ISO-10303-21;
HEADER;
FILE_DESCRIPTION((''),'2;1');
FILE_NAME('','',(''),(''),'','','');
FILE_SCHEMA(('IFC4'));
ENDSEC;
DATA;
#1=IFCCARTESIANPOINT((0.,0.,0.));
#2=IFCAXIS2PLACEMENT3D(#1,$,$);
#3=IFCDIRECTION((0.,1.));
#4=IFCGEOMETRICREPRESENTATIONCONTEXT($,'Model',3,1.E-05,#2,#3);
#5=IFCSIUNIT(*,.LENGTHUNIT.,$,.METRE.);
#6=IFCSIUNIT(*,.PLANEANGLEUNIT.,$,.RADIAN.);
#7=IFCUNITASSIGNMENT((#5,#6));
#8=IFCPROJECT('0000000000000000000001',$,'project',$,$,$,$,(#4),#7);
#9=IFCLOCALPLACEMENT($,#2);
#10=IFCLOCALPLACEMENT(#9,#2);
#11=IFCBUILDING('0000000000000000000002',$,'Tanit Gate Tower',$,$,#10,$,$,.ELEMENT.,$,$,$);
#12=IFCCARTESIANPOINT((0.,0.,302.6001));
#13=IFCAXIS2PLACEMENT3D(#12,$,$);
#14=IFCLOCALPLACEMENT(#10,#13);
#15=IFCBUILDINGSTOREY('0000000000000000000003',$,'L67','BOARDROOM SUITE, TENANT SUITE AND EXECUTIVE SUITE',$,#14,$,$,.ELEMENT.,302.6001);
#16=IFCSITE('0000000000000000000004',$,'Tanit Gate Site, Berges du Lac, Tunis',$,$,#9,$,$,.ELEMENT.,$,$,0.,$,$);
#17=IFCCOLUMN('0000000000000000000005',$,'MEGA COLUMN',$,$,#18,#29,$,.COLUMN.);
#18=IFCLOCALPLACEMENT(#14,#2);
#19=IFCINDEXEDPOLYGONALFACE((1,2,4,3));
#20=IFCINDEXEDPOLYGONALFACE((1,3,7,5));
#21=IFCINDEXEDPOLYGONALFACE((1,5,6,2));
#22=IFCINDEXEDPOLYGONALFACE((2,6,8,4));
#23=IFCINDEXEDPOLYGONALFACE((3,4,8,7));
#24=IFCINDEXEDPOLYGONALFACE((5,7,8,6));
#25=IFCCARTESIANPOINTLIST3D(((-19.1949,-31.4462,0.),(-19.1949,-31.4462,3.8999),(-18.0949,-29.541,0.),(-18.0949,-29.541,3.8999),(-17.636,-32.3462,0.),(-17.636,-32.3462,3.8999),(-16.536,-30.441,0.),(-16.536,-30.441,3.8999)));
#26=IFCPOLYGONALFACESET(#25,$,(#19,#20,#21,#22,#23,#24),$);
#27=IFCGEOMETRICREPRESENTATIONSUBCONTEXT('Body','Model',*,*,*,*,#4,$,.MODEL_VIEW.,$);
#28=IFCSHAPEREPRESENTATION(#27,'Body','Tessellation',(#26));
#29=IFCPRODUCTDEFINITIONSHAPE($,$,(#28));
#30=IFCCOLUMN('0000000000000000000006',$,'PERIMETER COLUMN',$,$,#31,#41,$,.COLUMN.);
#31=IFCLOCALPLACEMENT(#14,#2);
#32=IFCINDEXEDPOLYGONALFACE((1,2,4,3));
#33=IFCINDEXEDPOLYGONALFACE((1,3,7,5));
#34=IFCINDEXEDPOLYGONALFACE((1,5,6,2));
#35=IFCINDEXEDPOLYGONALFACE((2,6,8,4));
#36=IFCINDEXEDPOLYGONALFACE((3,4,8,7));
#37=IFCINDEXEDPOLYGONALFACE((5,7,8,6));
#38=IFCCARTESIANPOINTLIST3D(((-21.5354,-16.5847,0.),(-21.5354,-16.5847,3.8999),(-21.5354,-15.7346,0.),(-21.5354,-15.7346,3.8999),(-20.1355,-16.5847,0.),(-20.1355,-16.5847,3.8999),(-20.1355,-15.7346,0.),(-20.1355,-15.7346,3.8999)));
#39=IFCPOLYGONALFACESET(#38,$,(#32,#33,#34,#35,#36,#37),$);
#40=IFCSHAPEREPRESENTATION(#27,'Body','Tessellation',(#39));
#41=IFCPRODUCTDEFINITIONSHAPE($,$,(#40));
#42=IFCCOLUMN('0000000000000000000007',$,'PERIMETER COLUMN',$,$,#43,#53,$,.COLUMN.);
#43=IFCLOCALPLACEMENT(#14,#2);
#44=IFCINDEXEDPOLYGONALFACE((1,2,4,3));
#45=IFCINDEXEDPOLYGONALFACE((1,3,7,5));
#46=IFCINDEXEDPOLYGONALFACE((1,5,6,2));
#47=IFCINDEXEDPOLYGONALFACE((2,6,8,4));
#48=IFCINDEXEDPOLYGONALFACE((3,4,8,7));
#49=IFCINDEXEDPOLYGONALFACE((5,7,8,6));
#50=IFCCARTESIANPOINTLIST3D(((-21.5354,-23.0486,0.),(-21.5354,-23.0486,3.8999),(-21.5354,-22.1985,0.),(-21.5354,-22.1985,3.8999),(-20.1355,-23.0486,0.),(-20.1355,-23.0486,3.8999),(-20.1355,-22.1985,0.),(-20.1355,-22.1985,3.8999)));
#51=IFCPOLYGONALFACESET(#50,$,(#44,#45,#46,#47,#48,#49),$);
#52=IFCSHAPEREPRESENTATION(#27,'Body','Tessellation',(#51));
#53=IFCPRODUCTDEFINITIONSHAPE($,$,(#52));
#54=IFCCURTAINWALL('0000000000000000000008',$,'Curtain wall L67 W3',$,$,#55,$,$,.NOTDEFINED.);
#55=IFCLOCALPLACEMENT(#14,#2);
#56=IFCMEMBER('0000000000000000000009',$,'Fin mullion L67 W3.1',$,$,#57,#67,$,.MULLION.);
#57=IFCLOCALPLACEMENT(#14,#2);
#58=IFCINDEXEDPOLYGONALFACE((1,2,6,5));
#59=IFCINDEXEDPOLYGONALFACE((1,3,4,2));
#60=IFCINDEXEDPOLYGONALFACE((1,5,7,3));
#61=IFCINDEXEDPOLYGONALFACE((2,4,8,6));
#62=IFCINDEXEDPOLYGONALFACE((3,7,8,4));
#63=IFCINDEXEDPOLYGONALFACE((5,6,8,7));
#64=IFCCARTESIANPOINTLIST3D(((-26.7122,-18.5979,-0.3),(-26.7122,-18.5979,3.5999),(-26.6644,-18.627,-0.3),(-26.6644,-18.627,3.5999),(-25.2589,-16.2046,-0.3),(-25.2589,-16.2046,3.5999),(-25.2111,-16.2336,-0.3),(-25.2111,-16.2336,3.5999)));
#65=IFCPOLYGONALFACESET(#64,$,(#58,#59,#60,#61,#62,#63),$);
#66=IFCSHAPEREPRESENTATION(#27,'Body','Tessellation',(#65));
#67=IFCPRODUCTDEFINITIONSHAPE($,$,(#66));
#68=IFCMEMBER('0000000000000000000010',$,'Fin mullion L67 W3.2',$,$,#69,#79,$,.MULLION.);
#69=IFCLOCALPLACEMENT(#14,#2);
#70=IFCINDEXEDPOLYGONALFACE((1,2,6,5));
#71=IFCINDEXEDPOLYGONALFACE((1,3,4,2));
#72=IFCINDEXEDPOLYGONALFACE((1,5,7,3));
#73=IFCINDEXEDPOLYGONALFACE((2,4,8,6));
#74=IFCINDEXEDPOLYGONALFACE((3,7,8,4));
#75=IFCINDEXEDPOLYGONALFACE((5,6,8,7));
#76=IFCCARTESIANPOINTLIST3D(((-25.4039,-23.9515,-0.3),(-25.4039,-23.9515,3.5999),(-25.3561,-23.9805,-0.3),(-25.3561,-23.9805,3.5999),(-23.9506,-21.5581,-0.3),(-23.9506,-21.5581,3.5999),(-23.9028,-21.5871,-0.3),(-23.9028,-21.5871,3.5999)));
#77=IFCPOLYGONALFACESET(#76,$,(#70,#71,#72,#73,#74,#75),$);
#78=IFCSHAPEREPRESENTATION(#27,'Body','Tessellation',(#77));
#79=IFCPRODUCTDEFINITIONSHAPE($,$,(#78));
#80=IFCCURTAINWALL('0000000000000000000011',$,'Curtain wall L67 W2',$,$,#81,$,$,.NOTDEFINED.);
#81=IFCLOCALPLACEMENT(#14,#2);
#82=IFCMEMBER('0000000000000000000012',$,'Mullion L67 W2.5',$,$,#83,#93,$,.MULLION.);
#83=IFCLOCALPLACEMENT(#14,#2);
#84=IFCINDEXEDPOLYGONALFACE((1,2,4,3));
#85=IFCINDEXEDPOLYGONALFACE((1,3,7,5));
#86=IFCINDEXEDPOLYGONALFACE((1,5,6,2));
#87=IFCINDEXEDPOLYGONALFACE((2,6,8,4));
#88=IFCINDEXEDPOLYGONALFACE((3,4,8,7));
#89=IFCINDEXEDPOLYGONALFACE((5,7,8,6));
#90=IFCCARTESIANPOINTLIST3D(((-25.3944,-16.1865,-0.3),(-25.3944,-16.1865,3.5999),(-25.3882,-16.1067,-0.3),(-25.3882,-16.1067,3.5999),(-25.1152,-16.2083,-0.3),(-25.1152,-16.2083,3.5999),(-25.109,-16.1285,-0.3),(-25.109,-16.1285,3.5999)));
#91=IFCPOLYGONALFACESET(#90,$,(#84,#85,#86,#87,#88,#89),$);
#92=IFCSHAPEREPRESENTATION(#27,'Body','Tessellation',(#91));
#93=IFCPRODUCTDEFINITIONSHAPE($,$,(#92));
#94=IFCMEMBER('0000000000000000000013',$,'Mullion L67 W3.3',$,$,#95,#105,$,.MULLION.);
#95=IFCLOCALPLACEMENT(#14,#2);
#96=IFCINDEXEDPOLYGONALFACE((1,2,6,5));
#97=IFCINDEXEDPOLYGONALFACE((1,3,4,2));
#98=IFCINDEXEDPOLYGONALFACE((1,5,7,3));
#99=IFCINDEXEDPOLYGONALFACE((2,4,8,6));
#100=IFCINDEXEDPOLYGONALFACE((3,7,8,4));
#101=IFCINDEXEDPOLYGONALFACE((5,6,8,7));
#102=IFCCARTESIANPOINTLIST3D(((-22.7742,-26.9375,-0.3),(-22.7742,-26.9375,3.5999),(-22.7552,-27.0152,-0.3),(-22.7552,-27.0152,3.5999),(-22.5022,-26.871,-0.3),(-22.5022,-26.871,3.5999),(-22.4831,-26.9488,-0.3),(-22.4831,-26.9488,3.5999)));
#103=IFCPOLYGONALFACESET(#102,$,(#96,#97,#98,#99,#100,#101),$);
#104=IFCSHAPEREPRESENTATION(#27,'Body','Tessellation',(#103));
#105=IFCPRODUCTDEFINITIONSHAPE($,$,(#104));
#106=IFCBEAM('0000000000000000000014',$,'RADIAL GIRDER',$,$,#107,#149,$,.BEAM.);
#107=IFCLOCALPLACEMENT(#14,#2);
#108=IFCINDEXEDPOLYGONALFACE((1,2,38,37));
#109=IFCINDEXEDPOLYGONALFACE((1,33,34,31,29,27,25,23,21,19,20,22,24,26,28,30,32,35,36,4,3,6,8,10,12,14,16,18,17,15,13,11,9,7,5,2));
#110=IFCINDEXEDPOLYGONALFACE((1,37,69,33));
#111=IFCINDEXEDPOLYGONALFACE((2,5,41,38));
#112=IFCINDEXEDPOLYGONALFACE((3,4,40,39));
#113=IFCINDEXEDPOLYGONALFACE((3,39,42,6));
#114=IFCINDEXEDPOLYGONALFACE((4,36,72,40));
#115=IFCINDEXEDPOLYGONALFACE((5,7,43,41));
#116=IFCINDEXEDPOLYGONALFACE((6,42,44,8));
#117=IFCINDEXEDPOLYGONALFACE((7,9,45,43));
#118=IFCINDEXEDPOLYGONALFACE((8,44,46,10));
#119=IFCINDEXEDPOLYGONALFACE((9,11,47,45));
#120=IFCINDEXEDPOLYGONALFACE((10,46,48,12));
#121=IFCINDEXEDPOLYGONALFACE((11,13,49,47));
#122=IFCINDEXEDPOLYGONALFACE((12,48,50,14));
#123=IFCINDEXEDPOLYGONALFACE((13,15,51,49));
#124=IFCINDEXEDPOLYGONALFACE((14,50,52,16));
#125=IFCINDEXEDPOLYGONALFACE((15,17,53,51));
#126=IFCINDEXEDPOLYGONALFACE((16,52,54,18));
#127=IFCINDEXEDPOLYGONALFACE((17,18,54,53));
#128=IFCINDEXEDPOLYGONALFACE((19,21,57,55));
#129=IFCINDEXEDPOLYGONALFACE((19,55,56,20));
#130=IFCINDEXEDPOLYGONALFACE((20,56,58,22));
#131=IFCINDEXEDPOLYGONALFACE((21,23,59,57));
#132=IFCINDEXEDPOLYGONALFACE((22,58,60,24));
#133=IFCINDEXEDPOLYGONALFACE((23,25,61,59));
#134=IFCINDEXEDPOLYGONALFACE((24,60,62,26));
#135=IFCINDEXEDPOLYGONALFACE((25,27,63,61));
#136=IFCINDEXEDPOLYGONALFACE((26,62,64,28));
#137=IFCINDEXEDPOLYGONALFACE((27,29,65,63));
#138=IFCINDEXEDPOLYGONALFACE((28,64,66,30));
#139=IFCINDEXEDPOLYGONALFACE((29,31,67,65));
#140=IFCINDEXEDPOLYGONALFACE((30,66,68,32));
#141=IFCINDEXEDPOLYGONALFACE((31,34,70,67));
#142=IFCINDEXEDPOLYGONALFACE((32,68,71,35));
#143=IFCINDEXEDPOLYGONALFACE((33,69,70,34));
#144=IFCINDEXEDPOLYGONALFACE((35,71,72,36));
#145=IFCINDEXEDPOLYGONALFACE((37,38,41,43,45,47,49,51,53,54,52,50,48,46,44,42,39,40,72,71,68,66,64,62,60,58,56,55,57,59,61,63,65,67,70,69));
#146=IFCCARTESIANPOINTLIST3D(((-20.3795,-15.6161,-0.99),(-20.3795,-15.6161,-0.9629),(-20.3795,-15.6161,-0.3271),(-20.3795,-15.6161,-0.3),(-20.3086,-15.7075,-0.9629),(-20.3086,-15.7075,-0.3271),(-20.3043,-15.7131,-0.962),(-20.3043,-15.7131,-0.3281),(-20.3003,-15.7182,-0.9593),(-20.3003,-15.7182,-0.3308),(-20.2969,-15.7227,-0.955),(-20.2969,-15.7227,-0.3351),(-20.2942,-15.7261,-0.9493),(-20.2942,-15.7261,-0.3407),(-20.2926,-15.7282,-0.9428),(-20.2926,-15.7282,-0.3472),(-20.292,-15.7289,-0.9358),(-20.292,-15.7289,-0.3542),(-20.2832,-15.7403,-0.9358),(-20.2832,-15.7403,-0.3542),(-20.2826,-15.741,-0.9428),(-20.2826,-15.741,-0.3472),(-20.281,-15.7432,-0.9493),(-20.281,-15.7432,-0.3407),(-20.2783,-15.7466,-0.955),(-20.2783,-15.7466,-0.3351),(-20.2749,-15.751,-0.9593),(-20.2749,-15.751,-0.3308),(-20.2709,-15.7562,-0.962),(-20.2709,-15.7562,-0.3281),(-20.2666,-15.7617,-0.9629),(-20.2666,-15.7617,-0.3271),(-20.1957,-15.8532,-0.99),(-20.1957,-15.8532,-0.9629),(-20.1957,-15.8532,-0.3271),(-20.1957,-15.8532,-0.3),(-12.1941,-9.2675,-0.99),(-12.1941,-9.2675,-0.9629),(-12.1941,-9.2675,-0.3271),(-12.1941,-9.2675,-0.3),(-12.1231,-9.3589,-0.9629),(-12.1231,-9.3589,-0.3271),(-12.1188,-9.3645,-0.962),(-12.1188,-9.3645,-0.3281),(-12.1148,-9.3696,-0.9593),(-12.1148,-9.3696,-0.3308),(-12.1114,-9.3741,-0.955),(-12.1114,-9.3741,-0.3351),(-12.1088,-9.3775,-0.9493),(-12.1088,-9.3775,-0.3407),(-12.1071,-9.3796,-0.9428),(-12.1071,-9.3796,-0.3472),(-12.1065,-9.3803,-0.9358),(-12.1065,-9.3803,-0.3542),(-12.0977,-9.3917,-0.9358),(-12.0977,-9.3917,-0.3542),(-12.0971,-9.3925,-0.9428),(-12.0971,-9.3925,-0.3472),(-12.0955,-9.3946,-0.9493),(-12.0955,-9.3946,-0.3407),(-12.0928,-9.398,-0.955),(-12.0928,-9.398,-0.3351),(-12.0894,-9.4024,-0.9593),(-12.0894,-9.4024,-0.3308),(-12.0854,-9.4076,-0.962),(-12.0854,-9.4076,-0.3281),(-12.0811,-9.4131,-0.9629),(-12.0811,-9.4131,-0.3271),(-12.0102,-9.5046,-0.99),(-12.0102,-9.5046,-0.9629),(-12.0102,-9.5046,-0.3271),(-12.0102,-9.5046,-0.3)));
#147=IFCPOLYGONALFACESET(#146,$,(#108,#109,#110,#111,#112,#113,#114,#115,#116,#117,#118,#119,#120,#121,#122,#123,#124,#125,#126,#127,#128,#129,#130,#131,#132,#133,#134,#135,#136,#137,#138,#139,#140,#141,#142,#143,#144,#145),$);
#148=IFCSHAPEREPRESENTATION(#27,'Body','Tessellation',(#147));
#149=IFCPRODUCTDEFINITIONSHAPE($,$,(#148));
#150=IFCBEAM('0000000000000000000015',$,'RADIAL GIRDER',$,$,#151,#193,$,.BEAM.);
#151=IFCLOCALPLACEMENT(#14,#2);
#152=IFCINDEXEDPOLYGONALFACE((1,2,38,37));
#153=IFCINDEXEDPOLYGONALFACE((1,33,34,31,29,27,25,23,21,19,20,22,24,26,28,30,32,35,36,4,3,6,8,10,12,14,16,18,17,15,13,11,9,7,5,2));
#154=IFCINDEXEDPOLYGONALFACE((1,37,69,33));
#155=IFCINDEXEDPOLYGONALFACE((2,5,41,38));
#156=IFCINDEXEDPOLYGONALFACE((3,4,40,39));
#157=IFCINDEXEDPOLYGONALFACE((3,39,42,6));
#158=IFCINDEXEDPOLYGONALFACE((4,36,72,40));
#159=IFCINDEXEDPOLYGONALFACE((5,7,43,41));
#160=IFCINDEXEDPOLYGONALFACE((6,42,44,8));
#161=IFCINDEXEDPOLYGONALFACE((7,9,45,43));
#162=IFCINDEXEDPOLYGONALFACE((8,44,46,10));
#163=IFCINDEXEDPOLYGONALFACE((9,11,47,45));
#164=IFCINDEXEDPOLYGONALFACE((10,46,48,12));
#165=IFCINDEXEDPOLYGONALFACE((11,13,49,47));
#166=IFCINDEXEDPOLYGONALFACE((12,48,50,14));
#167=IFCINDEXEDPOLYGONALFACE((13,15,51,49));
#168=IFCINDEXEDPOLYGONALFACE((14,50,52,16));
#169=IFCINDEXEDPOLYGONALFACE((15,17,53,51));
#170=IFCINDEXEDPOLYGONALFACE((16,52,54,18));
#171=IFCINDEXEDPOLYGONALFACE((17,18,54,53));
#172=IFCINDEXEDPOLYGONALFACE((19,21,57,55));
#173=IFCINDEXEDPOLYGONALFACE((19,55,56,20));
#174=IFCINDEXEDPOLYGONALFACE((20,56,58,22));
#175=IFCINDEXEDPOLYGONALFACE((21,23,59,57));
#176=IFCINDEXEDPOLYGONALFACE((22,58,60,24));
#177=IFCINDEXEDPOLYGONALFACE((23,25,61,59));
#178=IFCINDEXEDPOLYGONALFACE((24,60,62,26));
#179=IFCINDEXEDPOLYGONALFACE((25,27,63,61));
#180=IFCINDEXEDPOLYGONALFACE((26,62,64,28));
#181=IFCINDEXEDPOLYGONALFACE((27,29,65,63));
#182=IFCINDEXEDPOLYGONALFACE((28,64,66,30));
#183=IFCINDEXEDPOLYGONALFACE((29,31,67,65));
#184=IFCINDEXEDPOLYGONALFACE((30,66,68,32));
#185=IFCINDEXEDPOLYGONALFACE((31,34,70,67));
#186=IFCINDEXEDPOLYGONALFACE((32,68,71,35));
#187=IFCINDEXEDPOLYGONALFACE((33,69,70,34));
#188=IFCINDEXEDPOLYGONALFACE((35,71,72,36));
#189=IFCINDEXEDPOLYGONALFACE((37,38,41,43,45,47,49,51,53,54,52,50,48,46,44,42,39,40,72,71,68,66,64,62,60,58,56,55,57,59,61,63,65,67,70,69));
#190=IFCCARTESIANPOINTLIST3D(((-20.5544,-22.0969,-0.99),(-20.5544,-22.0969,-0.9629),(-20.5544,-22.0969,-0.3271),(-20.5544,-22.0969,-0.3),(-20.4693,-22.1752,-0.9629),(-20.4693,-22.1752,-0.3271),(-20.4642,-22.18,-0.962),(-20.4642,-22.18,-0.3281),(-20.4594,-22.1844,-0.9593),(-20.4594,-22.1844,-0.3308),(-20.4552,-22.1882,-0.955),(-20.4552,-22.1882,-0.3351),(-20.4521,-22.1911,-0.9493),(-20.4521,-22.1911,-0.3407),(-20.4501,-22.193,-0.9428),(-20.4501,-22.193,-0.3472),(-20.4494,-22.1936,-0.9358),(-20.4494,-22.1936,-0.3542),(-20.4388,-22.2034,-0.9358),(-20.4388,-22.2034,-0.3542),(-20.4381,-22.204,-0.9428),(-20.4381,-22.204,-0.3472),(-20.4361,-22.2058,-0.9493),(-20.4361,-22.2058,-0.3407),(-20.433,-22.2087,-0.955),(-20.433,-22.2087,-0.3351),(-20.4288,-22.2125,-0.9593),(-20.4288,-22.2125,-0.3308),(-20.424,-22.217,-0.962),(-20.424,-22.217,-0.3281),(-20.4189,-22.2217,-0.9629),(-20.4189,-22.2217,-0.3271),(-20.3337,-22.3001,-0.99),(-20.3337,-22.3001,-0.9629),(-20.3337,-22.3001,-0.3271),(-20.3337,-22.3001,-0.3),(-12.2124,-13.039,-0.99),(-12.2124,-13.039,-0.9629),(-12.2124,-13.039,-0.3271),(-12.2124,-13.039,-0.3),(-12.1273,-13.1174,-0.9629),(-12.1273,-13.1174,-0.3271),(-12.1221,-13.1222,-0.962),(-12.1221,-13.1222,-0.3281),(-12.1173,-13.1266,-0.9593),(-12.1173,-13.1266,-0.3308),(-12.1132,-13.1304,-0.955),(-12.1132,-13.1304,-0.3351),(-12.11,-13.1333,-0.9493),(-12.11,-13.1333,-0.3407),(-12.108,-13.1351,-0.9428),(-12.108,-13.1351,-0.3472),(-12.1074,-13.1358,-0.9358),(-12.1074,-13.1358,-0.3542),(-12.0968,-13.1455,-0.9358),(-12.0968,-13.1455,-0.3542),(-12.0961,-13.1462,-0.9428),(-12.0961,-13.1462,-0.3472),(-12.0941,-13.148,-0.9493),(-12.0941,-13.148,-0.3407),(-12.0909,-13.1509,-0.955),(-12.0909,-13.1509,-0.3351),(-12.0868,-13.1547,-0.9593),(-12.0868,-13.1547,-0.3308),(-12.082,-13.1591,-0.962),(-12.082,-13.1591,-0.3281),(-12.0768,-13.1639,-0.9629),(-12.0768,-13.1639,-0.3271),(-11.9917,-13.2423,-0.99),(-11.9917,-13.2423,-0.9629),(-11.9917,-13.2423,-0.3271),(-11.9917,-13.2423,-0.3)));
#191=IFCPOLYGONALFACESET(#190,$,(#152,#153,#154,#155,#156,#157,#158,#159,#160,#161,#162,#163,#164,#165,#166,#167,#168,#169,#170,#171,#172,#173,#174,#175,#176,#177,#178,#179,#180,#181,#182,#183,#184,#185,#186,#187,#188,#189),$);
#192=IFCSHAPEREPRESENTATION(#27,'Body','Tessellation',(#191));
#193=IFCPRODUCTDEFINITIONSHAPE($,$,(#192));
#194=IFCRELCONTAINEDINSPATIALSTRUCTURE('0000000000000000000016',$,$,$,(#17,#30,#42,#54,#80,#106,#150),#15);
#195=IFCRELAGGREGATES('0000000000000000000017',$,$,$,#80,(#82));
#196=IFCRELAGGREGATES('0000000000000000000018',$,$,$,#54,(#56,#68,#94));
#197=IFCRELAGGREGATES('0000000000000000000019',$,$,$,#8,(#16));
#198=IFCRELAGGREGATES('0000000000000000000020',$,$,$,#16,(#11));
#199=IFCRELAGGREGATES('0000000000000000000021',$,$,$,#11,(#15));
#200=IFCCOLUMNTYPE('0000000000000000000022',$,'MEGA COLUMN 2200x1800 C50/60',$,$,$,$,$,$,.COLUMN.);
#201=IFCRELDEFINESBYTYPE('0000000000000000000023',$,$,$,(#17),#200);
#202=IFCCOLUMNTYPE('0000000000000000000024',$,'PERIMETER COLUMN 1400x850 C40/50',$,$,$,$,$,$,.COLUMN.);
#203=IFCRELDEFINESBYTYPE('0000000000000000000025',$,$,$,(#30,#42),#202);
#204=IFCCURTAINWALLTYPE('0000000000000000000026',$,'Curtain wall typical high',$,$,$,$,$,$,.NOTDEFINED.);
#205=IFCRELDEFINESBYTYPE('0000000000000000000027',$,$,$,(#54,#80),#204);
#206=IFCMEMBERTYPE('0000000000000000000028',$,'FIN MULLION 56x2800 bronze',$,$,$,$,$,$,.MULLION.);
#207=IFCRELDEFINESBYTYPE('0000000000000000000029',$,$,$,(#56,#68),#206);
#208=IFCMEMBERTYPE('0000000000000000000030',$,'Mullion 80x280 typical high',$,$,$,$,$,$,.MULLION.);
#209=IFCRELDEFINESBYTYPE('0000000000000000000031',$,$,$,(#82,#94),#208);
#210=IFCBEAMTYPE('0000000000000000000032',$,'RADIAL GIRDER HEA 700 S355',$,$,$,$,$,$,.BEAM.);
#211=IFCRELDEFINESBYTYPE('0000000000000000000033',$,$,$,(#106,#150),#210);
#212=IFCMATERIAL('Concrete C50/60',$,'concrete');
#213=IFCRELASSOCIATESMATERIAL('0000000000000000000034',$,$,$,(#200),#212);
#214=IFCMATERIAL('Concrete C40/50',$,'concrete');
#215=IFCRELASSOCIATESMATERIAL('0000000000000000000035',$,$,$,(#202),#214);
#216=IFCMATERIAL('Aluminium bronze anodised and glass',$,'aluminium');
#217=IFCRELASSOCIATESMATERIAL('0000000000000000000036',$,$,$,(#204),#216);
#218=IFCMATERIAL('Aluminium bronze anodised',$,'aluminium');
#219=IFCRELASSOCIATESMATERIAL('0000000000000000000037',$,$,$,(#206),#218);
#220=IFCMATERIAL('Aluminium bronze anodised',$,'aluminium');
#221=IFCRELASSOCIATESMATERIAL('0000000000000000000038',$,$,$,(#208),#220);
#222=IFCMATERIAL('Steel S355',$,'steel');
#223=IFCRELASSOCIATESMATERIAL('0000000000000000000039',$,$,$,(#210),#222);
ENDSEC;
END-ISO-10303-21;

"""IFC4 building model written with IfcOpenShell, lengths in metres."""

from ifc_helpers import new_model, si_unit, direction, frame, origin, origin_2d, place, context, subcontext, project, spatial, rectangle, i_section, extrude, material, material_profile, profile_set, type_object, element, aggregate, save


model = new_model("IFC4")

# Units and contexts
model_context = context("Model", 3, precision=1e-05, world=origin(), true_north=direction((0.0, 1.0)))
body_context = subcontext(model_context, "Body", "Model", "MODEL_VIEW")
ifc_project = project(units=[si_unit("LENGTHUNIT", "METRE"), si_unit("PLANEANGLEUNIT", "RADIAN")], contexts=[model_context])

# Site, building, storey
site_placement = place(None, origin())
site = spatial("IfcSite", under=ifc_project, at=site_placement, Name="Tanit Gate Site, Berges du Lac, Tunis", CompositionType="ELEMENT", RefElevation=0.0)
building_placement = place(site_placement, origin())
building = spatial("IfcBuilding", under=site, at=building_placement, Name="Tanit Gate Tower", CompositionType="ELEMENT")
storey_placement = place(building_placement, frame((0.0, 0.0, 302.6001)))
storey = spatial("IfcBuildingStorey", under=building, at=storey_placement, Name="L67", Description="BOARDROOM SUITE, TENANT SUITE AND EXECUTIVE SUITE", CompositionType="ELEMENT", Elevation=302.6001)

# Columns
ifc_material_1 = material(Name="Concrete C50/60", Category="concrete")
ifc_material_profile_1 = material_profile(ifc_material_1, rectangle(XDim=2.2, YDim=1.8, at=origin_2d()), Name="RC 2200x1800")
ifc_profile_set_1 = profile_set([ifc_material_profile_1], Name="Concrete C50/60")
column_type_1 = type_object("IfcColumnType", Name="MEGA COLUMN 2200x1800 C50/60", PredefinedType="COLUMN", material=ifc_profile_set_1)
column_placement = place(storey_placement, frame((-17.8655, -30.9436, 0.0), z_axis=(0.0, 0.0, 1.0), x_axis=(-0.5, -0.866025, 0.0)))
element("IfcColumn", 1, at=column_placement, inside=storey, type_object=column_type_1, Name="MEGA COLUMN", PredefinedType="COLUMN", context=body_context, shape_type="SweptSolid", body=[
    extrude(rectangle(XDim=2.2, YDim=1.8, at=origin_2d()), origin(), (0.0, 0.0, 1.0), 3.8999),
])
ifc_material_2 = material(Name="Concrete C40/50", Category="concrete")
ifc_material_profile_2 = material_profile(ifc_material_2, rectangle(XDim=1.3999, YDim=0.8501, at=origin_2d()), Name="RC 1400x850")
ifc_profile_set_2 = profile_set([ifc_material_profile_2], Name="Concrete C40/50")
column_type_2 = type_object("IfcColumnType", Name="PERIMETER COLUMN 1400x850 C40/50", PredefinedType="COLUMN", material=ifc_profile_set_2)
for number, where, z_axis, x_axis, name in (
    (2, (-20.8354, -16.1597, 0.0), (0.0, 0.0, 1.0), (-1.0, 0.0, 0.0), "PERIMETER COLUMN"),
    (3, (-20.8354, -22.6235, 0.0), (0.0, 0.0, 1.0), (-1.0, 0.0, 0.0), "PERIMETER COLUMN"),
):
    element("IfcColumn", number, at=place(storey_placement, frame(where, z_axis=z_axis, x_axis=x_axis)), inside=storey, type_object=column_type_2, Name=name, PredefinedType="COLUMN", context=body_context, shape_type="SweptSolid", body=[
        extrude(rectangle(XDim=1.3999, YDim=0.8501, at=origin_2d()), origin(), (0.0, 0.0, 1.0), 3.8999),
    ])

# Curtain wall, members
ifc_material_3 = material(Name="Aluminium bronze anodised and glass", Category="aluminium")
curtain_wall_type = type_object("IfcCurtainWallType", Name="Curtain wall typical high", PredefinedType="NOTDEFINED", material=ifc_material_3)
curtain_wall_1_placement = place(storey_placement, origin())
curtain_wall_1 = element("IfcCurtainWall", 4, at=curtain_wall_1_placement, inside=storey, type_object=curtain_wall_type, Name="Curtain wall L67 W3", PredefinedType="NOTDEFINED")
ifc_material_4 = material(Name="Aluminium bronze anodised", Category="aluminium")
ifc_material_profile_3 = material_profile(ifc_material_4, rectangle(XDim=2.8, YDim=0.0559, at=origin_2d()), Name="56x2800 bronze fin mullion")
ifc_profile_set_3 = profile_set([ifc_material_profile_3], Name="Aluminium bronze anodised")
member_type_1 = type_object("IfcMemberType", Name="FIN MULLION 56x2800 bronze", PredefinedType="MULLION", material=ifc_profile_set_3)
member_1_placement = place(storey_placement, frame((-25.9617, -17.4158, -0.3), z_axis=(0.0, 0.0, 1.0), x_axis=(0.519036, 0.854752, 0.0)))
member_1 = element("IfcMember", 5, at=member_1_placement, type_object=member_type_1, Name="Fin mullion L67 W3.1", PredefinedType="MULLION", context=body_context, shape_type="SweptSolid", body=[
    extrude(rectangle(XDim=2.8, YDim=0.0559, at=origin_2d()), origin(), (0.0, 0.0, 1.0), 3.8999),
])
member_2_placement = place(storey_placement, frame((-24.6533, -22.7693, -0.3), z_axis=(0.0, 0.0, 1.0), x_axis=(0.519036, 0.854752, 0.0)))
member_2 = element("IfcMember", 6, at=member_2_placement, type_object=member_type_1, Name="Fin mullion L67 W3.2", PredefinedType="MULLION", context=body_context, shape_type="SweptSolid", body=[
    extrude(rectangle(XDim=2.8, YDim=0.0559, at=origin_2d()), origin(), (0.0, 0.0, 1.0), 3.8999),
])

# Curtain wall, member
curtain_wall_2_placement = place(storey_placement, origin())
curtain_wall_2 = element("IfcCurtainWall", 7, at=curtain_wall_2_placement, inside=storey, type_object=curtain_wall_type, Name="Curtain wall L67 W2", PredefinedType="NOTDEFINED")
ifc_material_5 = material(Name="Aluminium bronze anodised", Category="aluminium")
ifc_material_profile_4 = material_profile(ifc_material_5, rectangle(XDim=0.28, YDim=0.0801, at=origin_2d()), Name="80x280 bronze mullion")
ifc_profile_set_4 = profile_set([ifc_material_profile_4], Name="Aluminium bronze anodised")
member_type_2 = type_object("IfcMemberType", Name="Mullion 80x280 typical high", PredefinedType="MULLION", material=ifc_profile_set_4)
member_3_placement = place(storey_placement, frame((-25.2517, -16.1575, -0.3), z_axis=(0.0, 0.0, 1.0), x_axis=(0.996966, -0.077839, 0.0)))
member_3 = element("IfcMember", 8, at=member_3_placement, type_object=member_type_2, Name="Mullion L67 W2.5", PredefinedType="MULLION", context=body_context, shape_type="SweptSolid", body=[
    extrude(rectangle(XDim=0.28, YDim=0.0801, at=origin_2d()), origin(), (0.0, 0.0, 1.0), 3.8999),
])
aggregate(curtain_wall_2, [member_3])

# Member
member_4_placement = place(storey_placement, frame((-22.6287, -26.9431, -0.3), z_axis=(0.0, 0.0, 1.0), x_axis=(0.971415, 0.237387, 0.0)))
member_4 = element("IfcMember", 9, at=member_4_placement, type_object=member_type_2, Name="Mullion L67 W3.3", PredefinedType="MULLION", context=body_context, shape_type="SweptSolid", body=[
    extrude(rectangle(XDim=0.28, YDim=0.0801, at=origin_2d()), origin(), (0.0, 0.0, 1.0), 3.8999),
])

# Beams
ifc_material_6 = material(Name="Steel S355", Category="steel")
ifc_material_profile_5 = material_profile(ifc_material_6, i_section(OverallWidth=0.3, OverallDepth=0.6899, WebThickness=0.0144, FlangeThickness=0.0271, FilletRadius=0.0271, at=origin_2d()), Name="HEA 700")
ifc_profile_set_5 = profile_set([ifc_material_profile_5], Name="Steel S355")
beam_type = type_object("IfcBeamType", Name="RADIAL GIRDER HEA 700 S355", PredefinedType="BEAM", material=ifc_profile_set_5)
beam_1_placement = place(storey_placement, frame((-20.2876, -15.7346, -0.645), z_axis=(0.790189, 0.612863, 0.0), x_axis=(-0.612863, 0.790189, 0.0)))
element("IfcBeam", 10, at=beam_1_placement, inside=storey, type_object=beam_type, Name="RADIAL GIRDER", PredefinedType="BEAM", context=body_context, shape_type="SweptSolid", body=[
    extrude(i_section(OverallWidth=0.3, OverallDepth=0.6899, WebThickness=0.0144, FlangeThickness=0.0271, FilletRadius=0.0271, at=origin_2d()), origin(), (0.0, 0.0, 1.0), 10.3589),
])
beam_2_placement = place(storey_placement, frame((-20.4441, -22.1985, -0.645), z_axis=(0.677444, 0.735574, 0.0), x_axis=(-0.735574, 0.677444, 0.0)))
element("IfcBeam", 11, at=beam_2_placement, inside=storey, type_object=beam_type, Name="RADIAL GIRDER", PredefinedType="BEAM", context=body_context, shape_type="SweptSolid", body=[
    extrude(i_section(OverallWidth=0.3, OverallDepth=0.6899, WebThickness=0.0144, FlangeThickness=0.0271, FilletRadius=0.0271, at=origin_2d()), origin(), (0.0, 0.0, 1.0), 12.314),
])

aggregate(curtain_wall_1, [member_1, member_2, member_4])

save(model, "model.ifc")
